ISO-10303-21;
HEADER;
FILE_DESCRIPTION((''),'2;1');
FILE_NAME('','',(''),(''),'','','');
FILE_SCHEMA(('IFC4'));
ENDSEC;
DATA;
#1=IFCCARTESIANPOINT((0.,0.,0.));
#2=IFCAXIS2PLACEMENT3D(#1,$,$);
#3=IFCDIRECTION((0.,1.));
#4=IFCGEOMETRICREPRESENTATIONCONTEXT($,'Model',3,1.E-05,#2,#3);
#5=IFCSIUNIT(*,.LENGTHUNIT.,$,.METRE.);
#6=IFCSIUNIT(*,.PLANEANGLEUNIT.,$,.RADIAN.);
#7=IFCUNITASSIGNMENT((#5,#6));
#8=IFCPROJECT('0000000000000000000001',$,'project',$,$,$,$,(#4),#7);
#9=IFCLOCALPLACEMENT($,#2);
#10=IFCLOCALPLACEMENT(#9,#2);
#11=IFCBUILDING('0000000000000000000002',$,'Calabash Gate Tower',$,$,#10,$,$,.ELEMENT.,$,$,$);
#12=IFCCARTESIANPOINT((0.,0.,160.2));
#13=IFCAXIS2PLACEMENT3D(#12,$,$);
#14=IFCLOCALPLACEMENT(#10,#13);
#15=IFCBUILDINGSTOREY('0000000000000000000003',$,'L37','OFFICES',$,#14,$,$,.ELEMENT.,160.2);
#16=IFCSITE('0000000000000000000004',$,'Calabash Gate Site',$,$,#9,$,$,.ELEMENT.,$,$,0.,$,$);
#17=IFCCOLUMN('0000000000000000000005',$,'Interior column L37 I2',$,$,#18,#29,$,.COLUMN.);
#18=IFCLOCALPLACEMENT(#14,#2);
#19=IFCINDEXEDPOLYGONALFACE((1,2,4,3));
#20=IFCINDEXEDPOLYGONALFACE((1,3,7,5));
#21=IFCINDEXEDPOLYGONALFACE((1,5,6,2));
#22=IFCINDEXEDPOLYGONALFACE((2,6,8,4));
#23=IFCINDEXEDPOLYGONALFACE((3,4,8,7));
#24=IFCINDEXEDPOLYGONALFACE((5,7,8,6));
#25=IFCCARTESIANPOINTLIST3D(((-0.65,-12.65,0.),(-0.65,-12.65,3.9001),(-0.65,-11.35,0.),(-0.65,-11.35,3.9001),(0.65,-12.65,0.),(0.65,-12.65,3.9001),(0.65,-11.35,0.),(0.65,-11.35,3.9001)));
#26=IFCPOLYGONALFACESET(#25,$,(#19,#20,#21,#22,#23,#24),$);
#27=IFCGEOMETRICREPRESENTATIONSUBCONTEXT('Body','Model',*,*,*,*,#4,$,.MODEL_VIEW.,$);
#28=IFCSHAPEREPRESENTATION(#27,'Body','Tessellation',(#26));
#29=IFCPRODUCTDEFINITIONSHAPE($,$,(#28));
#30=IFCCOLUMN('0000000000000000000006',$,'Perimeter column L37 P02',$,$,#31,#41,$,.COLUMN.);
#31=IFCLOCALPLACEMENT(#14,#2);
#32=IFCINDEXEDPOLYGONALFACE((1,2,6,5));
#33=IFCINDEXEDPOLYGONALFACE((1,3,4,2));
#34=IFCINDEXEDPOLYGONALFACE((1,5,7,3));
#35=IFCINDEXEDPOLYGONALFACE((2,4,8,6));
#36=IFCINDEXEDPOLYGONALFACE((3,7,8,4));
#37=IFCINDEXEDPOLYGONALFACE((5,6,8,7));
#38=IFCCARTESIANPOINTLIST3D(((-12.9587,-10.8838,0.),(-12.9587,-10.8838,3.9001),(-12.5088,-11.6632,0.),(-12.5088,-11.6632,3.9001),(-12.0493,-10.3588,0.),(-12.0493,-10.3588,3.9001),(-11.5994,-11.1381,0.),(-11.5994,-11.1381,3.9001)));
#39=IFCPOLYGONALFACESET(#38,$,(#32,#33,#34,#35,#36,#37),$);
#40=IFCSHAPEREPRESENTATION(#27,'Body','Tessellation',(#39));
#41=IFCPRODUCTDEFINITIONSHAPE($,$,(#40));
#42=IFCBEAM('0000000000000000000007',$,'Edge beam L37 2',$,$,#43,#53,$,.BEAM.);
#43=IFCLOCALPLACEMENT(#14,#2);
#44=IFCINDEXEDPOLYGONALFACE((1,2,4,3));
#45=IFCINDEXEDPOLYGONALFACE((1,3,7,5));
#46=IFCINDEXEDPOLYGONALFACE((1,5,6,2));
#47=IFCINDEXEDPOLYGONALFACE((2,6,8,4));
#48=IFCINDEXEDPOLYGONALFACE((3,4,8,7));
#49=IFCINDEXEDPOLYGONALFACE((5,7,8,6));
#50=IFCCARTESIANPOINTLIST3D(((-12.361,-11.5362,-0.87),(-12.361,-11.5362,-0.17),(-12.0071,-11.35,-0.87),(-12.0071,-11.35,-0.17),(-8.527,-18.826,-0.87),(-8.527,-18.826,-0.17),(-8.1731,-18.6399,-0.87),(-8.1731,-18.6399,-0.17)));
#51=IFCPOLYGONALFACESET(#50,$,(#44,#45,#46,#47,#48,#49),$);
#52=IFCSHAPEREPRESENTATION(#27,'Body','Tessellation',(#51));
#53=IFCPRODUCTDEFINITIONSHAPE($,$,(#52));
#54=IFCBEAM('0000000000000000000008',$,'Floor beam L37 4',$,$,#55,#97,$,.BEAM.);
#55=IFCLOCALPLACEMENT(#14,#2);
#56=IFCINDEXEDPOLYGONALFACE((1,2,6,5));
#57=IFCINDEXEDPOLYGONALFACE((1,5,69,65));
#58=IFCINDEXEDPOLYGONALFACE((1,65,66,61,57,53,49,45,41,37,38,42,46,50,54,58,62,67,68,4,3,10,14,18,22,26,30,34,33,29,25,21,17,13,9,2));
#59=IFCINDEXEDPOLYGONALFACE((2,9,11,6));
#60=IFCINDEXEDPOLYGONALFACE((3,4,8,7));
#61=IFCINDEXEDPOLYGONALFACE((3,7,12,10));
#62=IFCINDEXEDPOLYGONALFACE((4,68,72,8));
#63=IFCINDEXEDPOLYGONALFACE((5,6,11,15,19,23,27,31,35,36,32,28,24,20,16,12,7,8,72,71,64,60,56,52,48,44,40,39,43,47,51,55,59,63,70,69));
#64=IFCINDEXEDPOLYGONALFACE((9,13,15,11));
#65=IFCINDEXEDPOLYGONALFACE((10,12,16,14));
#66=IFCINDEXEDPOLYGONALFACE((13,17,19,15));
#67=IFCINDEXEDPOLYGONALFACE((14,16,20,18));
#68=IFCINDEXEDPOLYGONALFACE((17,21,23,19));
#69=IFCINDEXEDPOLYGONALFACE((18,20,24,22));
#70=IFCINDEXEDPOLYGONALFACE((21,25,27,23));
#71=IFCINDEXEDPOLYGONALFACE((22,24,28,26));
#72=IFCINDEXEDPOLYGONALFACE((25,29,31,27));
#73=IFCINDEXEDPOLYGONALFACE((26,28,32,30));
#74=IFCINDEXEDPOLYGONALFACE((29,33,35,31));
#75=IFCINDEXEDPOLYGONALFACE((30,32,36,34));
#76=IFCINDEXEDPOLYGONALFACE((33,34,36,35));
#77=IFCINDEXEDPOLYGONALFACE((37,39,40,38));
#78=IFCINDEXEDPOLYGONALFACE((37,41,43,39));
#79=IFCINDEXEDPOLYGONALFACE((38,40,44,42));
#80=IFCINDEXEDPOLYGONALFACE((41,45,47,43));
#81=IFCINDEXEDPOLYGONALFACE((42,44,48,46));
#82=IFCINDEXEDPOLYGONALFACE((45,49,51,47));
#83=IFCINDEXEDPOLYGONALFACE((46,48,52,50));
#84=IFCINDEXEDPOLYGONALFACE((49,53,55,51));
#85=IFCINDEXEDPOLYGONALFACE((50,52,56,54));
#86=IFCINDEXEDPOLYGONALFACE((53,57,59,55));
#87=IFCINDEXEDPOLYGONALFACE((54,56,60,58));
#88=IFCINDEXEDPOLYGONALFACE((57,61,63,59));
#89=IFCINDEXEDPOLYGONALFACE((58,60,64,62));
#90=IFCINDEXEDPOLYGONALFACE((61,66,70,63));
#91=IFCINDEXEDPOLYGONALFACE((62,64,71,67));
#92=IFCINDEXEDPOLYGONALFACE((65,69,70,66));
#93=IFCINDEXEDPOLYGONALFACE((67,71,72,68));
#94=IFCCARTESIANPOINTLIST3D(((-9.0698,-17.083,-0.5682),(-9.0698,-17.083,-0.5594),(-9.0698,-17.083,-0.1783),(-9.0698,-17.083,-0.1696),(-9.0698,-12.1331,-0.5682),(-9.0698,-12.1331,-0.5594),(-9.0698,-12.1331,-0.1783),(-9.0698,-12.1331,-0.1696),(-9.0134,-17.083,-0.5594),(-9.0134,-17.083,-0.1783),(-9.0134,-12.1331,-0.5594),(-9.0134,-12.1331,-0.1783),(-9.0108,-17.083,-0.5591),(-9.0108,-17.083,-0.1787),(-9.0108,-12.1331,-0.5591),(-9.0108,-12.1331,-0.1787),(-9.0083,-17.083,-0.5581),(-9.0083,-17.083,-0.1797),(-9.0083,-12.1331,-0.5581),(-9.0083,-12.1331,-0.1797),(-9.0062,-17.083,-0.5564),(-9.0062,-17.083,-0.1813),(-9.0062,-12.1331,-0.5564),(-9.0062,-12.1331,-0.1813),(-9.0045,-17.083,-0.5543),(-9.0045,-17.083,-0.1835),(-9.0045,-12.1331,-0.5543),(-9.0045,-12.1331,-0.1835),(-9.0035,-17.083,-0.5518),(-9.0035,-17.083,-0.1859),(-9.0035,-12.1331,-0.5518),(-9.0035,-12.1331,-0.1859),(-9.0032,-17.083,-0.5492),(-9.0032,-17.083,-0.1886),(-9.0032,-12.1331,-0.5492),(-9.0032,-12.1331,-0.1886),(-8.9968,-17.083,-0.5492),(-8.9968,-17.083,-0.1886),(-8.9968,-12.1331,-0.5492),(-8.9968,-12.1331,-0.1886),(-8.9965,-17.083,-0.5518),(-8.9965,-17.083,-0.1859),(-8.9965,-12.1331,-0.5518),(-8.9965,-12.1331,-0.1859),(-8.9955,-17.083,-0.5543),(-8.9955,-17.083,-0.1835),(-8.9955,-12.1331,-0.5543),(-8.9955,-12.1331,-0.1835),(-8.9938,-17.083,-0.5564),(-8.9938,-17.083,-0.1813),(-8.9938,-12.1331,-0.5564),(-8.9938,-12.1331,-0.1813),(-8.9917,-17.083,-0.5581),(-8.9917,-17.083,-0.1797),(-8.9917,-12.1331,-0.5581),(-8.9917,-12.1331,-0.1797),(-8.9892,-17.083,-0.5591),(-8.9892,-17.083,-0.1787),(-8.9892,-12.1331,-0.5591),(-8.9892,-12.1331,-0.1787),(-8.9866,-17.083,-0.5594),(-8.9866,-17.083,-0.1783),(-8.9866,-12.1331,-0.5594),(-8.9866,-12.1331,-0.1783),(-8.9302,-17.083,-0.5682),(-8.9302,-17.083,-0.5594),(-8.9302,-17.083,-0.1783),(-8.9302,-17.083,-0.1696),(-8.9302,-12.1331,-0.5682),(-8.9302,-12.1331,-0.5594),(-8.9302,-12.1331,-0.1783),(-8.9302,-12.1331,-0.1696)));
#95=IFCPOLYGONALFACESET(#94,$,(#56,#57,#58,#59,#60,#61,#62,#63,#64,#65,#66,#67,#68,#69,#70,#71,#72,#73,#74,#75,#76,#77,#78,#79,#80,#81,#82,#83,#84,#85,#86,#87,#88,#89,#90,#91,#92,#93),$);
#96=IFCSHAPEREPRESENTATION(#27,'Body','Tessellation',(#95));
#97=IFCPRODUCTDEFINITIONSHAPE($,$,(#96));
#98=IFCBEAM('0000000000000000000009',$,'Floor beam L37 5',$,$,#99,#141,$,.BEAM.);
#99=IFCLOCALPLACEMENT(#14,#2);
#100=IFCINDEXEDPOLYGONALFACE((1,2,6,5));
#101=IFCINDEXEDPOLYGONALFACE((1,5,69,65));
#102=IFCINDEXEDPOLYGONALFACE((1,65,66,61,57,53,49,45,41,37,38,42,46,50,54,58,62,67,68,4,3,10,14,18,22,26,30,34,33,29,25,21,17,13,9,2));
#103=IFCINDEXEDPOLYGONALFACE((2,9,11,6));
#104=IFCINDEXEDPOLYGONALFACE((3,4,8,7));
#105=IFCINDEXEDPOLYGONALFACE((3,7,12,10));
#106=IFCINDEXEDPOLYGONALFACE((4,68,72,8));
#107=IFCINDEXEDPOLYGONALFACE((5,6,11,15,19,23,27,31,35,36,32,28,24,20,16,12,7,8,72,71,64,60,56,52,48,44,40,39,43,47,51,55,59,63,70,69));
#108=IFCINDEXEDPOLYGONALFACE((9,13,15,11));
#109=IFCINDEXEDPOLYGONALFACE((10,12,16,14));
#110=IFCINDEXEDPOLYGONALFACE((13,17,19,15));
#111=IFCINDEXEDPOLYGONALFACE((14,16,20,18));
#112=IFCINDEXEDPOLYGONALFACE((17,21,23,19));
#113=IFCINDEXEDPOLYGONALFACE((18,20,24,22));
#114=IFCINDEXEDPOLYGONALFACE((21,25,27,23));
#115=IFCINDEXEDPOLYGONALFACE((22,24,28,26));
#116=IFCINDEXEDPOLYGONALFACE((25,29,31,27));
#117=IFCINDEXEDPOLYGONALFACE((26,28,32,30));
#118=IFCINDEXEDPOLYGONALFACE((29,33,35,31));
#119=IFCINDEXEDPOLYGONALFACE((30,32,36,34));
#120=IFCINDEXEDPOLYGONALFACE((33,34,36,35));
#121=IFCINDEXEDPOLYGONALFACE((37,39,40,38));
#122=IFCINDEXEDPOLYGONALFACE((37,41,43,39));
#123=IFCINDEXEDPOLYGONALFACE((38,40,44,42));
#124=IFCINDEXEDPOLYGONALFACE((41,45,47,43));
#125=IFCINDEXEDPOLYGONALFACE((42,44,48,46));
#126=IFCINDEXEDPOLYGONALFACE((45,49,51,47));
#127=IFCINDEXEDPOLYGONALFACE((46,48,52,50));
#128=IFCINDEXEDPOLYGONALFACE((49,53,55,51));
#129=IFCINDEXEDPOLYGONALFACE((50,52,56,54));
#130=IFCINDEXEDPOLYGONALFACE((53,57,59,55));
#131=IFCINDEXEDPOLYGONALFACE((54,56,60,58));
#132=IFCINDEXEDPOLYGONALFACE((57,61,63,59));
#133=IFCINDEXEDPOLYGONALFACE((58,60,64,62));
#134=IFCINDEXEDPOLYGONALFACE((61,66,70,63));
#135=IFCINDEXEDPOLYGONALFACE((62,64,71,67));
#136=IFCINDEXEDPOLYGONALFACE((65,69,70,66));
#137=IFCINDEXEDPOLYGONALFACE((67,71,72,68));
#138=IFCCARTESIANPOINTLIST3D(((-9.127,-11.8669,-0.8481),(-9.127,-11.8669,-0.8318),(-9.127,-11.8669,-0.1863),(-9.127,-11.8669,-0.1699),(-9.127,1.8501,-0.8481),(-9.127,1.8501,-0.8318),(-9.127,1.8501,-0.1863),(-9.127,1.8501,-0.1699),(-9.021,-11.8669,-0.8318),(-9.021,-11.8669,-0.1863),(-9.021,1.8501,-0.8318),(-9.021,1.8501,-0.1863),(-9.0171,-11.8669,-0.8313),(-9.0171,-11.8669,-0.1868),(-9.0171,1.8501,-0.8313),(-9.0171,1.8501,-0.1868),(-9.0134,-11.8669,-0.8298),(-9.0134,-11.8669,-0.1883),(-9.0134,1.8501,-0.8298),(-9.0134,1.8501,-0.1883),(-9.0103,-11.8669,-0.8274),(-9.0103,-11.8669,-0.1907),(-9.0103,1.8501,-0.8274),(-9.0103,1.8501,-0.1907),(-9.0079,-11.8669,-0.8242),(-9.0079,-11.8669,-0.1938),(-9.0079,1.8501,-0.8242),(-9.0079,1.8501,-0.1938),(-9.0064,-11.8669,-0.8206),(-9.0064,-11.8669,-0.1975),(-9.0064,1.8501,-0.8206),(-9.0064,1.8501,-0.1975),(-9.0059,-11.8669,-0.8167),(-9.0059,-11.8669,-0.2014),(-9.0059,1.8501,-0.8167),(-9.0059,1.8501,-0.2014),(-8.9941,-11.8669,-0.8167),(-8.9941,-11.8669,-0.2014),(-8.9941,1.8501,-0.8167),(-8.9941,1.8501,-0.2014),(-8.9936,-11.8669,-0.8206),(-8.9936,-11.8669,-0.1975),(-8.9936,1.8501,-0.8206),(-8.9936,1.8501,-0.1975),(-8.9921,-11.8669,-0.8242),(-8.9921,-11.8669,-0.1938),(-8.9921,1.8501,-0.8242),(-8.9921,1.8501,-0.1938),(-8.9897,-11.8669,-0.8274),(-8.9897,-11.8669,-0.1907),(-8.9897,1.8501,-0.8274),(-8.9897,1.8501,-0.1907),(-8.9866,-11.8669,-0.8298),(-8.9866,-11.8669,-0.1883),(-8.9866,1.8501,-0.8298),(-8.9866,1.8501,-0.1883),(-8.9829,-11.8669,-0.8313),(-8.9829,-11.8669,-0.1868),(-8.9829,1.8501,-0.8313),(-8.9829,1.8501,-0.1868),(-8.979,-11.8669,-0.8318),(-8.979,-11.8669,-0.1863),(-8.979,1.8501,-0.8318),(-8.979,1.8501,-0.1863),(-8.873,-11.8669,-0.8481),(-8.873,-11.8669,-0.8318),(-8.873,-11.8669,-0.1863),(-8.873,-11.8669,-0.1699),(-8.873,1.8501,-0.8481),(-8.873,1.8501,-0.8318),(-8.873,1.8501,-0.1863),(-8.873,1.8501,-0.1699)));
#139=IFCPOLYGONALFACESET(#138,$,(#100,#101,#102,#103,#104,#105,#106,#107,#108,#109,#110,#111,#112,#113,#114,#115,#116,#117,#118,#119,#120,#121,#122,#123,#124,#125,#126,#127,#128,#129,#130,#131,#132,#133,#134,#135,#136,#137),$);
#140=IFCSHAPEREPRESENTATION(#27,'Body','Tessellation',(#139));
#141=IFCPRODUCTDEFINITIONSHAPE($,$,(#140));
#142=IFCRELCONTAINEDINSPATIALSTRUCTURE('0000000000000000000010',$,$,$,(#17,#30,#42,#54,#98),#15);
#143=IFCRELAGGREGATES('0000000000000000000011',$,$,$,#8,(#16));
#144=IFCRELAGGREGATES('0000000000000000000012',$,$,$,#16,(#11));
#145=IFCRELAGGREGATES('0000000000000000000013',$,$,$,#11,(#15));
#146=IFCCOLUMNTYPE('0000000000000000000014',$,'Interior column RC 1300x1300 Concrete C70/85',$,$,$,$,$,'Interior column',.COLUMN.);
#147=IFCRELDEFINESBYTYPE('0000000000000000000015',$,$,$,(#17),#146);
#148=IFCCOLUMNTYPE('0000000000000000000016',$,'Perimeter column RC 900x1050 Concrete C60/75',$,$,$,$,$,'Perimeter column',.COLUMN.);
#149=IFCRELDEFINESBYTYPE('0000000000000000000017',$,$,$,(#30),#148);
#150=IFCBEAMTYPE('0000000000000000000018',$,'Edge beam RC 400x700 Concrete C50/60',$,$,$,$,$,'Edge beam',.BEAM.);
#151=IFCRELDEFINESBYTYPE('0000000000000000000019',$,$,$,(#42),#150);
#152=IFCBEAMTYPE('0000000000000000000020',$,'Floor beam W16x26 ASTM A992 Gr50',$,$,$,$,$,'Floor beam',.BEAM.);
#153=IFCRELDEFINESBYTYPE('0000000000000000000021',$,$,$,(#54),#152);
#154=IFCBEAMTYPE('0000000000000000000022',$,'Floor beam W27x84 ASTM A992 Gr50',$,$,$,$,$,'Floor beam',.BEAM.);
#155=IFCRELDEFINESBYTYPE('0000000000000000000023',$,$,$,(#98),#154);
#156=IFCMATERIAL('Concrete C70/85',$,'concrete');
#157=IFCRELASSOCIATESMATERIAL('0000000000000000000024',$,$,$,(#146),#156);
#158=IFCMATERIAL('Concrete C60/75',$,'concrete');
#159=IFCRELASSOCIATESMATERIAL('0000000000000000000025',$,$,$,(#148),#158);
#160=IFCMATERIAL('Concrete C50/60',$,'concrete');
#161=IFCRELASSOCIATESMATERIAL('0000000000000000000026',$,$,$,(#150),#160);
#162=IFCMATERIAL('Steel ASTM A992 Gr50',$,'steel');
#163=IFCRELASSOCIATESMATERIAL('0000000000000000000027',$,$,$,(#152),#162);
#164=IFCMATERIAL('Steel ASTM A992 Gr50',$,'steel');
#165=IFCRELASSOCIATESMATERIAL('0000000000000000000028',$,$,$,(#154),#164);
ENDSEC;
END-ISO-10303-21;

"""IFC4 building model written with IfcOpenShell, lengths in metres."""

from ifc_helpers import new_model, si_unit, direction, frame, origin, origin_2d, place, context, subcontext, project, spatial, rectangle, i_section, extrude, material, material_profile, profile_set, type_object, element, save


model = new_model("IFC4")

# Units and contexts
model_context = context("Model", 3, precision=1e-05, world=origin(), true_north=direction((0.0, 1.0)))
body_context = subcontext(model_context, "Body", "Model", "MODEL_VIEW")
ifc_project = project(units=[si_unit("LENGTHUNIT", "METRE"), si_unit("PLANEANGLEUNIT", "RADIAN")], contexts=[model_context])

# Site, building, storey
site_placement = place(None, origin())
site = spatial("IfcSite", under=ifc_project, at=site_placement, Name="Calabash Gate Site", CompositionType="ELEMENT", RefElevation=0.0)
building_placement = place(site_placement, origin())
building = spatial("IfcBuilding", under=site, at=building_placement, Name="Calabash Gate Tower", CompositionType="ELEMENT")
storey_placement = place(building_placement, frame((0.0, 0.0, 160.2)))
storey = spatial("IfcBuildingStorey", under=building, at=storey_placement, Name="L37", Description="OFFICES", CompositionType="ELEMENT", Elevation=160.2)

# Columns
ifc_material_1 = material(Name="Concrete C70/85", Category="concrete")
ifc_material_profile_1 = material_profile(ifc_material_1, rectangle(XDim=1.3, YDim=1.3, at=origin_2d()))
ifc_profile_set_1 = profile_set([ifc_material_profile_1], Name="Concrete C70/85")
column_type_1 = type_object("IfcColumnType", Name="Interior column RC 1300x1300 Concrete C70/85", ElementType="Interior column", PredefinedType="COLUMN", material=ifc_profile_set_1)
column_1_placement = place(storey_placement, frame((0.0, -12.0, 0.0), z_axis=(0.0, 0.0, 1.0), x_axis=(1.0, 0.0, 0.0)))
element("IfcColumn", 1, at=column_1_placement, inside=storey, type_object=column_type_1, Name="Interior column L37 I2", PredefinedType="COLUMN", context=body_context, shape_type="SweptSolid", body=[
    extrude(rectangle(XDim=1.3, YDim=1.3, at=origin_2d()), origin(), (0.0, 0.0, 1.0), 3.9001),
])
ifc_material_2 = material(Name="Concrete C60/75", Category="concrete")
ifc_material_profile_2 = material_profile(ifc_material_2, rectangle(XDim=0.8999, YDim=1.05, at=origin_2d()))
ifc_profile_set_2 = profile_set([ifc_material_profile_2], Name="Concrete C60/75")
column_type_2 = type_object("IfcColumnType", Name="Perimeter column RC 900x1050 Concrete C60/75", ElementType="Perimeter column", PredefinedType="COLUMN", material=ifc_profile_set_2)
column_2_placement = place(storey_placement, frame((-12.2791, -11.011, 0.0), z_axis=(0.0, 0.0, 1.0), x_axis=(0.5, -0.866025, 0.0)))
element("IfcColumn", 2, at=column_2_placement, inside=storey, type_object=column_type_2, Name="Perimeter column L37 P02", PredefinedType="COLUMN", context=body_context, shape_type="SweptSolid", body=[
    extrude(rectangle(XDim=0.8999, YDim=1.05, at=origin_2d()), origin(), (0.0, 0.0, 1.0), 3.9001),
])

# Beams
ifc_material_3 = material(Name="Concrete C50/60", Category="concrete")
ifc_material_profile_3 = material_profile(ifc_material_3, rectangle(XDim=0.3999, YDim=0.7, at=origin_2d()))
ifc_profile_set_3 = profile_set([ifc_material_profile_3], Name="Concrete C50/60")
beam_type_1 = type_object("IfcBeamType", Name="Edge beam RC 400x700 Concrete C50/60", ElementType="Edge beam", PredefinedType="BEAM", material=ifc_profile_set_3)
beam_1_placement = place(storey_placement, frame((-12.1841, -11.4431, -0.52), z_axis=(0.465485, -0.885056, 0.0), x_axis=(0.885056, 0.465485, 0.0)))
element("IfcBeam", 3, at=beam_1_placement, inside=storey, type_object=beam_type_1, Name="Edge beam L37 2", PredefinedType="BEAM", context=body_context, shape_type="SweptSolid", body=[
    extrude(rectangle(XDim=0.3999, YDim=0.7, at=origin_2d()), origin(), (0.0, 0.0, 1.0), 8.2366),
])
ifc_material_4 = material(Name="Steel ASTM A992 Gr50", Category="steel")
ifc_material_profile_4 = material_profile(ifc_material_4, i_section(OverallWidth=0.1396, OverallDepth=0.3987, WebThickness=0.0063, FlangeThickness=0.0088, FilletRadius=0.0103, at=origin_2d()))
ifc_profile_set_4 = profile_set([ifc_material_profile_4], Name="Steel ASTM A992 Gr50")
beam_type_2 = type_object("IfcBeamType", Name="Floor beam W16x26 ASTM A992 Gr50", ElementType="Floor beam", PredefinedType="BEAM", material=ifc_profile_set_4)
beam_2_placement = place(storey_placement, frame((-9.0, -17.083, -0.3689), z_axis=(0.0, 1.0, 0.0), x_axis=(-1.0, 0.0, 0.0)))
element("IfcBeam", 4, at=beam_2_placement, inside=storey, type_object=beam_type_2, Name="Floor beam L37 4", PredefinedType="BEAM", context=body_context, shape_type="SweptSolid", body=[
    extrude(i_section(OverallWidth=0.1396, OverallDepth=0.3987, WebThickness=0.0063, FlangeThickness=0.0088, FilletRadius=0.0103, at=origin_2d()), origin(), (0.0, 0.0, 1.0), 4.95),
])
ifc_material_5 = material(Name="Steel ASTM A992 Gr50", Category="steel")
ifc_material_profile_5 = material_profile(ifc_material_5, i_section(OverallWidth=0.2539, OverallDepth=0.6782, WebThickness=0.0117, FlangeThickness=0.0164, FilletRadius=0.0151, at=origin_2d()))
ifc_profile_set_5 = profile_set([ifc_material_profile_5], Name="Steel ASTM A992 Gr50")
beam_type_3 = type_object("IfcBeamType", Name="Floor beam W27x84 ASTM A992 Gr50", ElementType="Floor beam", PredefinedType="BEAM", material=ifc_profile_set_5)
beam_3_placement = place(storey_placement, frame((-9.0, -11.8669, -0.509), z_axis=(0.0, 1.0, 0.0), x_axis=(-1.0, 0.0, 0.0)))
element("IfcBeam", 5, at=beam_3_placement, inside=storey, type_object=beam_type_3, Name="Floor beam L37 5", PredefinedType="BEAM", context=body_context, shape_type="SweptSolid", body=[
    extrude(i_section(OverallWidth=0.2539, OverallDepth=0.6782, WebThickness=0.0117, FlangeThickness=0.0164, FilletRadius=0.0151, at=origin_2d()), origin(), (0.0, 0.0, 1.0), 13.717),
])

save(model, "model.ifc")
